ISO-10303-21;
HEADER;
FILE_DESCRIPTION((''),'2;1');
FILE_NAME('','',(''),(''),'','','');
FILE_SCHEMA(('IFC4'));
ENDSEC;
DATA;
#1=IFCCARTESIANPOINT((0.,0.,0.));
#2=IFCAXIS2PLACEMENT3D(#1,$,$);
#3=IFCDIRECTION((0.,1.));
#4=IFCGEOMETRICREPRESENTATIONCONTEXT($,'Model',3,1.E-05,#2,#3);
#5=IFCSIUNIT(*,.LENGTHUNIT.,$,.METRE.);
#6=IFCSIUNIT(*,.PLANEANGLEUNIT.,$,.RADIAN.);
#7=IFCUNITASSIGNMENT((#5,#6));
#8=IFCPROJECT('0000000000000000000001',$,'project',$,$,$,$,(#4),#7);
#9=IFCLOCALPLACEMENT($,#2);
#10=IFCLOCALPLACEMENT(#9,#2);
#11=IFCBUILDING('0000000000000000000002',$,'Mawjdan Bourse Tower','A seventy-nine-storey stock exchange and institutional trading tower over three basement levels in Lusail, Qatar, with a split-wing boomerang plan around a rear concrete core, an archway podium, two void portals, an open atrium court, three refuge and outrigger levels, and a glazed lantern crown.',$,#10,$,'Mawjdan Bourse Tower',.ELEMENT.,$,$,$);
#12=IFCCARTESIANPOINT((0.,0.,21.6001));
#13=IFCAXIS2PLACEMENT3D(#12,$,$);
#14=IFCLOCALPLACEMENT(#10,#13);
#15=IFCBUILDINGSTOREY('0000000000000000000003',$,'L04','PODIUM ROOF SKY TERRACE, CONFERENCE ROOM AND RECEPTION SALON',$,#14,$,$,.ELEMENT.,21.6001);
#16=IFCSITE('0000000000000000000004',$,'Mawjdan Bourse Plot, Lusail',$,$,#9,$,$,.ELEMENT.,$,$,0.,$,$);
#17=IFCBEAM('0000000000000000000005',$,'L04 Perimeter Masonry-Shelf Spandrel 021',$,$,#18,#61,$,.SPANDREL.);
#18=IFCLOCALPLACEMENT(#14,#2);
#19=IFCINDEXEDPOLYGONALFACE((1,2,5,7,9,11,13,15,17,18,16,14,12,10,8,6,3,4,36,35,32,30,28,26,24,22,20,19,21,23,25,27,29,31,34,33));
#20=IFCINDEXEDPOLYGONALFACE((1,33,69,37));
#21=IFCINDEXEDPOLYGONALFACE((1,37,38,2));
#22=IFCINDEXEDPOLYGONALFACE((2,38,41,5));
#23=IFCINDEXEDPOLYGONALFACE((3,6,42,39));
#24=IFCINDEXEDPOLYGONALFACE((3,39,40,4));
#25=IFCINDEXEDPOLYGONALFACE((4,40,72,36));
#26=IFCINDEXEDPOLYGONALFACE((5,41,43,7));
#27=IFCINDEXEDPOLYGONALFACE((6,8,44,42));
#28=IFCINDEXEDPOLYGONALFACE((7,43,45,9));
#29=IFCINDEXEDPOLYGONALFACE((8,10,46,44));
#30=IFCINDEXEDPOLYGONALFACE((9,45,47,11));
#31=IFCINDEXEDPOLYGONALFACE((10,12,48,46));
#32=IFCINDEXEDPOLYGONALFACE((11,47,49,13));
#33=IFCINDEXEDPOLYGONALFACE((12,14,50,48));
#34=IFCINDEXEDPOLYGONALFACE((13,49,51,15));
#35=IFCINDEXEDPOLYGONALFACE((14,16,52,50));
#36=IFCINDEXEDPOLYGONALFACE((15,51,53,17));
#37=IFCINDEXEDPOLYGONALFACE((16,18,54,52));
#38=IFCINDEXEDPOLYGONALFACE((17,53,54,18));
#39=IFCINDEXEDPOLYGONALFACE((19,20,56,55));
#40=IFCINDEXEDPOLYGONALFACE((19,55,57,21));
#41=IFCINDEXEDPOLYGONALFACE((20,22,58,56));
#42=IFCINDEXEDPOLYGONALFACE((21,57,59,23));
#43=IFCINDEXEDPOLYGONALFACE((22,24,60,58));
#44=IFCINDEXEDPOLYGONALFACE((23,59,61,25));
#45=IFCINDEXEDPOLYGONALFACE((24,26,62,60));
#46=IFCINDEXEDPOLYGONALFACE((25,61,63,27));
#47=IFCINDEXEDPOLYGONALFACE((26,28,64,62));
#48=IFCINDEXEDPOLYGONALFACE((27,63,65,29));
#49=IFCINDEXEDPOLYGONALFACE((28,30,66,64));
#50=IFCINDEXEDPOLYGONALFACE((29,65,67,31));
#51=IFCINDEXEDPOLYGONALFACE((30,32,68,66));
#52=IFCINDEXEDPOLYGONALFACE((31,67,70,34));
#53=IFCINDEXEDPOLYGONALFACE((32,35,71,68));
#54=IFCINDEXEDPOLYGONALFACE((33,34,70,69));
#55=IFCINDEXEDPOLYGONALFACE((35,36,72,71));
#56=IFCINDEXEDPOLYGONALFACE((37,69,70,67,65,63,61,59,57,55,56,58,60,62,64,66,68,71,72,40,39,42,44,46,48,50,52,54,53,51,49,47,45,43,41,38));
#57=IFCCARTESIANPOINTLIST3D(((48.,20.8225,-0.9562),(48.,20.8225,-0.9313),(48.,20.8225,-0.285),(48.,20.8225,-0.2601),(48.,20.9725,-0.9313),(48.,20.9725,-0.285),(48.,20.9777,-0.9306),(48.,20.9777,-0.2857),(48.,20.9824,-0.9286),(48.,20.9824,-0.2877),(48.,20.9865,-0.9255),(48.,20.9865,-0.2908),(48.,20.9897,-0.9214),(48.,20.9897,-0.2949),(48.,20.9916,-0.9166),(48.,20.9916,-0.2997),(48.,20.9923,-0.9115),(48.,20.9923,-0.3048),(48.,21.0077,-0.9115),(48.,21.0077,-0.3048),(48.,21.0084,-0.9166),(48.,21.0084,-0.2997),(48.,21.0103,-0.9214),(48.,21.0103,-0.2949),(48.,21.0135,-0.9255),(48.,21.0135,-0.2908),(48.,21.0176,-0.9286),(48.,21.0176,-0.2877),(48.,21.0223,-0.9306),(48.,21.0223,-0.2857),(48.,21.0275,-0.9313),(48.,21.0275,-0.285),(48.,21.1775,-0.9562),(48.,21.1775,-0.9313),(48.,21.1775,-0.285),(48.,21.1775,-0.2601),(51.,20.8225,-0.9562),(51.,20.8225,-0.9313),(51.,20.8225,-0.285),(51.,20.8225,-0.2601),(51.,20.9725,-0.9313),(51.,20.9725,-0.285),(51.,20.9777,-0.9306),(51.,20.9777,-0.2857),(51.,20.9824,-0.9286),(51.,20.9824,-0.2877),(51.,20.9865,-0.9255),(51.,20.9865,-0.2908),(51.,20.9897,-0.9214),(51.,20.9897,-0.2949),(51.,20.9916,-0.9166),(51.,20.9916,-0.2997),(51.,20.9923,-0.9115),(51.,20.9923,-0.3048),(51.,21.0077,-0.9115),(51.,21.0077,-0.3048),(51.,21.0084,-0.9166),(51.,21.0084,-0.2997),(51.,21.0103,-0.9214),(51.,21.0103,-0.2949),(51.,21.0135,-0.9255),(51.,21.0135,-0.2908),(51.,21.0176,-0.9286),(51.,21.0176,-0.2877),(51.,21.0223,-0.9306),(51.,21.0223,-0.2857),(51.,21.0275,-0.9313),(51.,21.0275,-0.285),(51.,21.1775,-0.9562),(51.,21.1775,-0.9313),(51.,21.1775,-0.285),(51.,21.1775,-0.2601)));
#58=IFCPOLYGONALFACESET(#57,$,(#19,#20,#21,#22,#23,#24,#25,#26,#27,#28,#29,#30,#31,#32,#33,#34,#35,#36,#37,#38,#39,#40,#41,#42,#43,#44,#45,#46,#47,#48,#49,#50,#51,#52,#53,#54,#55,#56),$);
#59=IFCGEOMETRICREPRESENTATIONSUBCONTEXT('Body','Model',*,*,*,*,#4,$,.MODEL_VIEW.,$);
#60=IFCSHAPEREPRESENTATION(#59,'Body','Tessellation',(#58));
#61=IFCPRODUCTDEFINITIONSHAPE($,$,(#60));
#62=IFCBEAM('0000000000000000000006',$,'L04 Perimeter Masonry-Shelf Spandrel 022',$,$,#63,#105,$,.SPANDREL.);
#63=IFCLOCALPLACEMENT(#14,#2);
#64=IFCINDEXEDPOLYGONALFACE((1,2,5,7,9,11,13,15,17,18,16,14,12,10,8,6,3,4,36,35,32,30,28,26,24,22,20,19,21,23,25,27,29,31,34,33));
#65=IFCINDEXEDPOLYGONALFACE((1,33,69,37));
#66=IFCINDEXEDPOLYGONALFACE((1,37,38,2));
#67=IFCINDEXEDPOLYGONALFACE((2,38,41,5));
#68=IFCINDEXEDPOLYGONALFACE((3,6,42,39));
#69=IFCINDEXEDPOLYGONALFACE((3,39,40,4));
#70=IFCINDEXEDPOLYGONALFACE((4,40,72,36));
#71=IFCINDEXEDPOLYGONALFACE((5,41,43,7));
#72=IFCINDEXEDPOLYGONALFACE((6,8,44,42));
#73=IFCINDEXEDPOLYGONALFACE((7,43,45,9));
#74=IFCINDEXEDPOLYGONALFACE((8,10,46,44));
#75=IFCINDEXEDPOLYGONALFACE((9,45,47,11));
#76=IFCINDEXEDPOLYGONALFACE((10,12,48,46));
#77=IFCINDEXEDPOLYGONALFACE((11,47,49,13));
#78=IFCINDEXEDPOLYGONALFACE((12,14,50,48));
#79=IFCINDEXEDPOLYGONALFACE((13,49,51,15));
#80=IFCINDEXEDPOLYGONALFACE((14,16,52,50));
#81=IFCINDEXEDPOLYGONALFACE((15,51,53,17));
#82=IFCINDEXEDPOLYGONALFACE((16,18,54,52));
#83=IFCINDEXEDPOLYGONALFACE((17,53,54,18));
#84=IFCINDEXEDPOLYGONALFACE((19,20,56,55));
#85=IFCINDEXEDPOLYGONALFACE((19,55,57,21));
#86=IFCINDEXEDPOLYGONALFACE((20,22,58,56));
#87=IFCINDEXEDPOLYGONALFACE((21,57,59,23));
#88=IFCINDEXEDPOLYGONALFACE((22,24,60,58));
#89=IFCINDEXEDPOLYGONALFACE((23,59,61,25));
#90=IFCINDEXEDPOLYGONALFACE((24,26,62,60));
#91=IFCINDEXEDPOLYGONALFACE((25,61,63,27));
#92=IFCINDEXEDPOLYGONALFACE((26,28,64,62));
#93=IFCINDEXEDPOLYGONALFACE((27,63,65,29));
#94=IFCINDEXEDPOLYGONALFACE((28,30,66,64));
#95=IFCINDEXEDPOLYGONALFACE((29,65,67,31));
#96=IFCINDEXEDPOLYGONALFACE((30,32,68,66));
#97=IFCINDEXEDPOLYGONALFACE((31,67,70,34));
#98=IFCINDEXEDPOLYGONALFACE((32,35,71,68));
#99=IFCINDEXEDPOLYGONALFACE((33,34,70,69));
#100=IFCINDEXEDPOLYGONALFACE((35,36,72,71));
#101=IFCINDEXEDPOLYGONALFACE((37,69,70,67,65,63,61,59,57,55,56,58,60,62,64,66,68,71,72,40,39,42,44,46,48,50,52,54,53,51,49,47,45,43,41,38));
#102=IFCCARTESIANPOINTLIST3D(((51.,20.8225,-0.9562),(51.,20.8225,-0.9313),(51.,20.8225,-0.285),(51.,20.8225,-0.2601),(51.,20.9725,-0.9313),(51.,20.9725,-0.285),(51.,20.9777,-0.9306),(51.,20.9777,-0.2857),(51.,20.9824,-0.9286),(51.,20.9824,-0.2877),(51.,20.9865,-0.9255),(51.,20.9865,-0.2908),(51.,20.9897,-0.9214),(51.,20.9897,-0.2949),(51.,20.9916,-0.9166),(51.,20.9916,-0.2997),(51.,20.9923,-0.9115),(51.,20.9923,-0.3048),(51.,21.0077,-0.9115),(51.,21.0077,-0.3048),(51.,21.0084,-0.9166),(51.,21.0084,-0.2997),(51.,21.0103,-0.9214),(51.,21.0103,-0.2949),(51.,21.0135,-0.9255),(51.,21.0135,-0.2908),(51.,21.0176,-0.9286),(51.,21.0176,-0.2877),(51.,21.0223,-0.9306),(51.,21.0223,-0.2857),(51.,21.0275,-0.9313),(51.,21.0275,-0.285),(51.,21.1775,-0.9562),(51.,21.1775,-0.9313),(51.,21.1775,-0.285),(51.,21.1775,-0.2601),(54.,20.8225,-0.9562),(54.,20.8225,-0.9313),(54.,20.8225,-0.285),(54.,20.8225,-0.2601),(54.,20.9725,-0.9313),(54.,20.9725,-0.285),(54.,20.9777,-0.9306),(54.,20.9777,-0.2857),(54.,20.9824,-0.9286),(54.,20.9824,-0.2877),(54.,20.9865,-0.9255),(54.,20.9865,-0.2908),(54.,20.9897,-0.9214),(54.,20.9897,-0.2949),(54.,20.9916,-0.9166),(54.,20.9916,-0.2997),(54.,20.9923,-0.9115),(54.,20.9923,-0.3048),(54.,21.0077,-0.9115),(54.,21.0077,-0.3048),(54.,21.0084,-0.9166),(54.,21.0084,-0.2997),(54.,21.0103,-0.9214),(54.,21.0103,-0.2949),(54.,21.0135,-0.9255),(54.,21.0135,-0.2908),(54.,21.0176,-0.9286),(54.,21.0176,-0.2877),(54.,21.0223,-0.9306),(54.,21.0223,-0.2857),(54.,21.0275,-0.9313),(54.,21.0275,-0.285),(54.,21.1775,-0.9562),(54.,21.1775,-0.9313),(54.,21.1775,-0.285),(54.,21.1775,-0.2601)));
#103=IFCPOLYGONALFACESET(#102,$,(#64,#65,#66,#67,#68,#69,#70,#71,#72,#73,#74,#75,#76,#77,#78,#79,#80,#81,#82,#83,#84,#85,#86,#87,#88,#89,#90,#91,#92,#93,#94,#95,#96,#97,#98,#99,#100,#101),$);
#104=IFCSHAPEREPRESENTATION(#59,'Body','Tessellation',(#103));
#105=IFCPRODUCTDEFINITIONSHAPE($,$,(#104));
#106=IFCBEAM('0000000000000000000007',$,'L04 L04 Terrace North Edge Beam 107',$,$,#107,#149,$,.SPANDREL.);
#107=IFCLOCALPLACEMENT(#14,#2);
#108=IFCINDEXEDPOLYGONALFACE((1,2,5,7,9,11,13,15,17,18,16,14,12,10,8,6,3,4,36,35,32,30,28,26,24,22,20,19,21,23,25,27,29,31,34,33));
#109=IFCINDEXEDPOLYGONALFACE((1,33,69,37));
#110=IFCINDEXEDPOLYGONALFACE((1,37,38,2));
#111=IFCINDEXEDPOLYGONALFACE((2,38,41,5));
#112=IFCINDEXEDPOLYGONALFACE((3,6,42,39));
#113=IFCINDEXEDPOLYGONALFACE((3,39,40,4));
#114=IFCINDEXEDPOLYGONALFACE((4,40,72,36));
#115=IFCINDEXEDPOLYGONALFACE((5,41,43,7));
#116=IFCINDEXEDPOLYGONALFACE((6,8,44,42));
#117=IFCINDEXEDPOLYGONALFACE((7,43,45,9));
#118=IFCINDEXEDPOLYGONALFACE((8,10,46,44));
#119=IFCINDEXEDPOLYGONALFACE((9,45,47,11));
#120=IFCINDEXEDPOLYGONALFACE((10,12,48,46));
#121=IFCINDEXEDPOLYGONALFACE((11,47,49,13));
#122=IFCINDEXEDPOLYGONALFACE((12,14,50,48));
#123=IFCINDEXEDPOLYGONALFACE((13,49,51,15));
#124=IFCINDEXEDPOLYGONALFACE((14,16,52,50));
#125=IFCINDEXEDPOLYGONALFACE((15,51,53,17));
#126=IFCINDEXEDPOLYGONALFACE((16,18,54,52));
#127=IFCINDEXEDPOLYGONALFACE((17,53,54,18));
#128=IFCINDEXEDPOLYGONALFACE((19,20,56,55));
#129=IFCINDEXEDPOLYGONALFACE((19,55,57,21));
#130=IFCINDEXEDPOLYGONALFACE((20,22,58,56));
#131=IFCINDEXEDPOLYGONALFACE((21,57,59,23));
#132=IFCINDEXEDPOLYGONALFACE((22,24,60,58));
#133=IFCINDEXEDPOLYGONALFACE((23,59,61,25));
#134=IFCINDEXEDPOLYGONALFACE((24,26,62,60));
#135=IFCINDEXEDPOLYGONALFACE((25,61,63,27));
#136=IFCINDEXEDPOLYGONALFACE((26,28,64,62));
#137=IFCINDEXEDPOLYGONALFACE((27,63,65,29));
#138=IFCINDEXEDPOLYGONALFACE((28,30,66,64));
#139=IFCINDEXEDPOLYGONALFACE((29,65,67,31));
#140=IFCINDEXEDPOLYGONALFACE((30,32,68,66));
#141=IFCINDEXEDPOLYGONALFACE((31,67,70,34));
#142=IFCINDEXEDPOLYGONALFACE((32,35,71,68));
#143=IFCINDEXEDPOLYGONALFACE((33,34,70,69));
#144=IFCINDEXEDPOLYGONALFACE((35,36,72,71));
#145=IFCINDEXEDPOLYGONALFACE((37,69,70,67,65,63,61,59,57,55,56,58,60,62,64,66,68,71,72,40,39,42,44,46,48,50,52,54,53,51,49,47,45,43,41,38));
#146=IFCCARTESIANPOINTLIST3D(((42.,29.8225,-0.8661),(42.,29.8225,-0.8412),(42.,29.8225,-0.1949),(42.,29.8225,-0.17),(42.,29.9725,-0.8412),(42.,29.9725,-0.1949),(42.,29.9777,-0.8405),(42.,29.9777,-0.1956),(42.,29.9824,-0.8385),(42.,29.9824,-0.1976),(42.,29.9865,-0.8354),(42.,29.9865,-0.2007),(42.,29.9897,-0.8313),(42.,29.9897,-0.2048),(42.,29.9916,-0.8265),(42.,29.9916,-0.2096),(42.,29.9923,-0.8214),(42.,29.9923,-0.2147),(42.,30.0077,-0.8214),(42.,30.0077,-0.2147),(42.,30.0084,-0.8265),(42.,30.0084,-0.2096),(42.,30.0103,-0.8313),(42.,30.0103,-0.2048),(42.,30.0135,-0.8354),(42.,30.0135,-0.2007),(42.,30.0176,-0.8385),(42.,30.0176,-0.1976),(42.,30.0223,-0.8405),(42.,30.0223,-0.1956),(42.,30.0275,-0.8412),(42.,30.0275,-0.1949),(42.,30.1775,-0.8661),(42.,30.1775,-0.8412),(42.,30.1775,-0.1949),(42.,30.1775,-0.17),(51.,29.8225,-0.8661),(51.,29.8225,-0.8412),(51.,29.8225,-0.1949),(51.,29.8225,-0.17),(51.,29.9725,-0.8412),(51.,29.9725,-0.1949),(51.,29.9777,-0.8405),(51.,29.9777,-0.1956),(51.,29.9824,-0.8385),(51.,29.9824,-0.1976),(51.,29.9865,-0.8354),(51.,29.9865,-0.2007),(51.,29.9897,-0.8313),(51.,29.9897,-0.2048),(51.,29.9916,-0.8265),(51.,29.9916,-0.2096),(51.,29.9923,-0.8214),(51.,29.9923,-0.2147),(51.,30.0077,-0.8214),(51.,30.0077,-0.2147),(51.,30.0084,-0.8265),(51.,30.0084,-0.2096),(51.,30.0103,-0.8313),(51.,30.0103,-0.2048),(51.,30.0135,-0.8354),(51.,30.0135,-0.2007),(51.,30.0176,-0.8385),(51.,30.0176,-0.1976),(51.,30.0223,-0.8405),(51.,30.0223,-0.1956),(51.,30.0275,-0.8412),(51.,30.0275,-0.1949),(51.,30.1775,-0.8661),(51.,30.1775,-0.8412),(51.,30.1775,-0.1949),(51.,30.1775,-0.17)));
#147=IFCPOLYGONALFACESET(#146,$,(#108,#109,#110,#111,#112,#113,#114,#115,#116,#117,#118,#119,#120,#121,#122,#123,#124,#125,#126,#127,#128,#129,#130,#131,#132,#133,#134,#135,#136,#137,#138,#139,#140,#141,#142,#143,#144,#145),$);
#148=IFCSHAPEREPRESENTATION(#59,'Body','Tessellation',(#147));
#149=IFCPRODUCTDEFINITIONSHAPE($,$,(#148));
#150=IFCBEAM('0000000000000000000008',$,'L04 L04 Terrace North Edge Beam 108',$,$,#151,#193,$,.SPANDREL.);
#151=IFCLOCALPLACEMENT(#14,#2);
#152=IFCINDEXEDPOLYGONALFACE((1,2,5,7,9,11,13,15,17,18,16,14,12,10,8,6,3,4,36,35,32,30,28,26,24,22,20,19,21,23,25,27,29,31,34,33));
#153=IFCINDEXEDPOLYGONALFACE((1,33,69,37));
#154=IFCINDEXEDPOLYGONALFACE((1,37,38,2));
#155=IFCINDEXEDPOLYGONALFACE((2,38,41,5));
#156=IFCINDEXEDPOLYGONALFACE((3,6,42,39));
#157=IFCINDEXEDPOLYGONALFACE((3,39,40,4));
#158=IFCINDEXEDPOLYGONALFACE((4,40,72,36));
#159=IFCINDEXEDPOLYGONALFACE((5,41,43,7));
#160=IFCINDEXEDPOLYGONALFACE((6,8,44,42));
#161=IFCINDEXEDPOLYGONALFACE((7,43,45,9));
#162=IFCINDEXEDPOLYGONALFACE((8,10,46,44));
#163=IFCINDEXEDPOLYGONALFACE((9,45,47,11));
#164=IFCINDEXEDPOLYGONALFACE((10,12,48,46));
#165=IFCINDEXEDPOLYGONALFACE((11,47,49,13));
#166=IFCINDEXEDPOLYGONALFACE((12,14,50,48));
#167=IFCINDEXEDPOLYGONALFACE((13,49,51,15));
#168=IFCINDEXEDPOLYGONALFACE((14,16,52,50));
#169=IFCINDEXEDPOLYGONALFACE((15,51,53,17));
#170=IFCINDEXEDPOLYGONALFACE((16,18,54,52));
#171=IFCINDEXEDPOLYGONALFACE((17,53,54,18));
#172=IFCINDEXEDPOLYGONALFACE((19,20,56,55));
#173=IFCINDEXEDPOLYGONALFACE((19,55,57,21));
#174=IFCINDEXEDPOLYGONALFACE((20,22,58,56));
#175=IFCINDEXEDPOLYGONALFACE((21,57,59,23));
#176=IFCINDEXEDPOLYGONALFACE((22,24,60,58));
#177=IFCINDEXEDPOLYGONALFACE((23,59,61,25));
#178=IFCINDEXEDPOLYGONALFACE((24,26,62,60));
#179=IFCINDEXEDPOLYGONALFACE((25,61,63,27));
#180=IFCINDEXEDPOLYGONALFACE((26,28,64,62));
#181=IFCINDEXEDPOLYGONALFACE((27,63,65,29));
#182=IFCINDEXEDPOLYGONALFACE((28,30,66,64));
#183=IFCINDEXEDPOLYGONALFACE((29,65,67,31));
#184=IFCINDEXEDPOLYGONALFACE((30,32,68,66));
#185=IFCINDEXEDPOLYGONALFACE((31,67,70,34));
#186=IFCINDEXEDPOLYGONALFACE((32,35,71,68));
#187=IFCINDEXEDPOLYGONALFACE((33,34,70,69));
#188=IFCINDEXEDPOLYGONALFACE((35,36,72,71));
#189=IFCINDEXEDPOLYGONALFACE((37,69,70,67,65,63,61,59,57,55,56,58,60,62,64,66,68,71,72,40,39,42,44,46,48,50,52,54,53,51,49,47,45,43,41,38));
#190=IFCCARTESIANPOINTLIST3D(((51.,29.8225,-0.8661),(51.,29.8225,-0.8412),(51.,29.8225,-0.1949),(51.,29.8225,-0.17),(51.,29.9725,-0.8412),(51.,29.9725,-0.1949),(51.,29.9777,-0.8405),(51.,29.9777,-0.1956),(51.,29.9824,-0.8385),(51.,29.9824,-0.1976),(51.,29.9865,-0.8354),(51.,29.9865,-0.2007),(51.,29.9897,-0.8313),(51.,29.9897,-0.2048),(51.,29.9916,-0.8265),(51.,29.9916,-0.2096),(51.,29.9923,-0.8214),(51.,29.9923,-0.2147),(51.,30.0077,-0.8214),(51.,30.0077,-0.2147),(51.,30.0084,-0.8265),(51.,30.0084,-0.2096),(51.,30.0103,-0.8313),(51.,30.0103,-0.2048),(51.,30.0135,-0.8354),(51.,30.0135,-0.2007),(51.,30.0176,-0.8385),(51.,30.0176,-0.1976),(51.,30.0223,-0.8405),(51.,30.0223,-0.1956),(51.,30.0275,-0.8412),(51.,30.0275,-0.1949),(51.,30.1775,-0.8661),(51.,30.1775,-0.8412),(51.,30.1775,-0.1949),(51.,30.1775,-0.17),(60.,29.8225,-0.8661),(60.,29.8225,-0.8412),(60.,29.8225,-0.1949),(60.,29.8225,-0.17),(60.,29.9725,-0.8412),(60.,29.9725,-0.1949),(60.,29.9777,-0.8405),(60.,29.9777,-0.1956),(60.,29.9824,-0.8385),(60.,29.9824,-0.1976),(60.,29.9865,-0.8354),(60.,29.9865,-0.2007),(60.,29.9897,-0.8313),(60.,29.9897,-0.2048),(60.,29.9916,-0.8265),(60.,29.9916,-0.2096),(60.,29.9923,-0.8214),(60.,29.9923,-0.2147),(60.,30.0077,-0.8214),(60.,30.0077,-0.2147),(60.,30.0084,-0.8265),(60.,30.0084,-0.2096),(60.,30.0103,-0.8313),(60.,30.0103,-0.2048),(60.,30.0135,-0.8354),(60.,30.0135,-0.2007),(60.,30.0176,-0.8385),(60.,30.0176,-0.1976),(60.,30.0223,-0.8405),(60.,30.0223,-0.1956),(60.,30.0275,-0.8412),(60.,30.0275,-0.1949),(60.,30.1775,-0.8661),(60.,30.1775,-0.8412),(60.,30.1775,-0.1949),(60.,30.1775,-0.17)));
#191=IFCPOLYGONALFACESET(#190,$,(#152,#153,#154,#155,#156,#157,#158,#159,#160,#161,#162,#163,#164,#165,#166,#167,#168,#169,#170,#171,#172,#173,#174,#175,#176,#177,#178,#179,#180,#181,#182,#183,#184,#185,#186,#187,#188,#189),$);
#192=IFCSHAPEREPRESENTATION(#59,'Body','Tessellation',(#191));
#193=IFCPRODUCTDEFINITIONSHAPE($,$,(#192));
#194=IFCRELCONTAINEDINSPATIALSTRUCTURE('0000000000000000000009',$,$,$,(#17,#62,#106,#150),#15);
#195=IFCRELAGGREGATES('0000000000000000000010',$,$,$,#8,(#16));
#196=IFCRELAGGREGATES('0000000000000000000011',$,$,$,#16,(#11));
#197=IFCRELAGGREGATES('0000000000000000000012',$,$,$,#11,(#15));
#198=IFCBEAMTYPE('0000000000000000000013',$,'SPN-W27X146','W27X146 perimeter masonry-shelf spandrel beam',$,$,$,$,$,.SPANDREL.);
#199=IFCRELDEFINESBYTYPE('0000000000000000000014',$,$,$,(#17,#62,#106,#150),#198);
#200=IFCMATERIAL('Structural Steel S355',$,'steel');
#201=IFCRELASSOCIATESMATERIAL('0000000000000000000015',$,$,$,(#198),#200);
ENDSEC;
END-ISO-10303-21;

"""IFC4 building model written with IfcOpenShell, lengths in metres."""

from ifc_helpers import new_model, si_unit, direction, frame, origin, origin_2d, place, context, subcontext, project, spatial, i_section, extrude, material, material_profile, profile_set, type_object, element, save


model = new_model("IFC4")

# Units and contexts
model_context = context("Model", 3, precision=1e-05, world=origin(), true_north=direction((0.0, 1.0)))
body_context = subcontext(model_context, "Body", "Model", "MODEL_VIEW")
ifc_project = project(units=[si_unit("LENGTHUNIT", "METRE"), si_unit("PLANEANGLEUNIT", "RADIAN")], contexts=[model_context])

# Site, building, storey
site_placement = place(None, origin())
site = spatial("IfcSite", under=ifc_project, at=site_placement, Name="Mawjdan Bourse Plot, Lusail", CompositionType="ELEMENT", RefElevation=0.0)
building_placement = place(site_placement, origin())
building = spatial("IfcBuilding", under=site, at=building_placement, Name="Mawjdan Bourse Tower", Description="A seventy-nine-storey stock exchange and institutional trading tower over three basement levels in Lusail, Qatar, with a split-wing boomerang plan around a rear concrete core, an archway podium, two void portals, an open atrium court, three refuge and outrigger levels, and a glazed lantern crown.", LongName="Mawjdan Bourse Tower", CompositionType="ELEMENT")
storey_placement = place(building_placement, frame((0.0, 0.0, 21.6001)))
storey = spatial("IfcBuildingStorey", under=building, at=storey_placement, Name="L04", Description="PODIUM ROOF SKY TERRACE, CONFERENCE ROOM AND RECEPTION SALON", CompositionType="ELEMENT", Elevation=21.6001)

# Beams
ifc_material_1 = material(Name="Structural Steel S355", Category="steel")
ifc_material_profile_1 = material_profile(ifc_material_1, i_section(OverallWidth=0.355, OverallDepth=0.696, WebThickness=0.0154, FlangeThickness=0.0249, FilletRadius=0.0198, at=origin_2d()), Name="W27X146")
ifc_profile_set_1 = profile_set([ifc_material_profile_1], Name="Structural Steel S355")
beam_type_1 = type_object("IfcBeamType", Name="SPN-W27X146", Description="W27X146 perimeter masonry-shelf spandrel beam", PredefinedType="SPANDREL", material=ifc_profile_set_1)
for number, where, z_axis, x_axis, name in (
    (1, (48.0, 21.0, -0.6082), (1.0, 0.0, 0.0), (0.0, 1.0, 0.0), "L04 Perimeter Masonry-Shelf Spandrel 021"),
    (2, (51.0, 21.0, -0.6082), (1.0, 0.0, 0.0), (0.0, 1.0, 0.0), "L04 Perimeter Masonry-Shelf Spandrel 022"),
):
    element("IfcBeam", number, at=place(storey_placement, frame(where, z_axis=z_axis, x_axis=x_axis)), inside=storey, type_object=beam_type_1, Name=name, PredefinedType="SPANDREL", context=body_context, shape_type="SweptSolid", body=[
        extrude(i_section(OverallWidth=0.355, OverallDepth=0.696, WebThickness=0.0154, FlangeThickness=0.0249, FilletRadius=0.0198, at=origin_2d()), origin(), (0.0, 0.0, 1.0), 3.0),
    ])
for number, where, z_axis, x_axis, name in (
    (3, (42.0, 30.0, -0.5181), (1.0, 0.0, 0.0), (0.0, 1.0, 0.0), "L04 L04 Terrace North Edge Beam 107"),
    (4, (51.0, 30.0, -0.5181), (1.0, 0.0, 0.0), (0.0, 1.0, 0.0), "L04 L04 Terrace North Edge Beam 108"),
):
    element("IfcBeam", number, at=place(storey_placement, frame(where, z_axis=z_axis, x_axis=x_axis)), inside=storey, type_object=beam_type_1, Name=name, PredefinedType="SPANDREL", context=body_context, shape_type="SweptSolid", body=[
        extrude(i_section(OverallWidth=0.355, OverallDepth=0.696, WebThickness=0.0154, FlangeThickness=0.0249, FilletRadius=0.0198, at=origin_2d()), origin(), (0.0, 0.0, 1.0), 9.0),
    ])

save(model, "model.ifc")
